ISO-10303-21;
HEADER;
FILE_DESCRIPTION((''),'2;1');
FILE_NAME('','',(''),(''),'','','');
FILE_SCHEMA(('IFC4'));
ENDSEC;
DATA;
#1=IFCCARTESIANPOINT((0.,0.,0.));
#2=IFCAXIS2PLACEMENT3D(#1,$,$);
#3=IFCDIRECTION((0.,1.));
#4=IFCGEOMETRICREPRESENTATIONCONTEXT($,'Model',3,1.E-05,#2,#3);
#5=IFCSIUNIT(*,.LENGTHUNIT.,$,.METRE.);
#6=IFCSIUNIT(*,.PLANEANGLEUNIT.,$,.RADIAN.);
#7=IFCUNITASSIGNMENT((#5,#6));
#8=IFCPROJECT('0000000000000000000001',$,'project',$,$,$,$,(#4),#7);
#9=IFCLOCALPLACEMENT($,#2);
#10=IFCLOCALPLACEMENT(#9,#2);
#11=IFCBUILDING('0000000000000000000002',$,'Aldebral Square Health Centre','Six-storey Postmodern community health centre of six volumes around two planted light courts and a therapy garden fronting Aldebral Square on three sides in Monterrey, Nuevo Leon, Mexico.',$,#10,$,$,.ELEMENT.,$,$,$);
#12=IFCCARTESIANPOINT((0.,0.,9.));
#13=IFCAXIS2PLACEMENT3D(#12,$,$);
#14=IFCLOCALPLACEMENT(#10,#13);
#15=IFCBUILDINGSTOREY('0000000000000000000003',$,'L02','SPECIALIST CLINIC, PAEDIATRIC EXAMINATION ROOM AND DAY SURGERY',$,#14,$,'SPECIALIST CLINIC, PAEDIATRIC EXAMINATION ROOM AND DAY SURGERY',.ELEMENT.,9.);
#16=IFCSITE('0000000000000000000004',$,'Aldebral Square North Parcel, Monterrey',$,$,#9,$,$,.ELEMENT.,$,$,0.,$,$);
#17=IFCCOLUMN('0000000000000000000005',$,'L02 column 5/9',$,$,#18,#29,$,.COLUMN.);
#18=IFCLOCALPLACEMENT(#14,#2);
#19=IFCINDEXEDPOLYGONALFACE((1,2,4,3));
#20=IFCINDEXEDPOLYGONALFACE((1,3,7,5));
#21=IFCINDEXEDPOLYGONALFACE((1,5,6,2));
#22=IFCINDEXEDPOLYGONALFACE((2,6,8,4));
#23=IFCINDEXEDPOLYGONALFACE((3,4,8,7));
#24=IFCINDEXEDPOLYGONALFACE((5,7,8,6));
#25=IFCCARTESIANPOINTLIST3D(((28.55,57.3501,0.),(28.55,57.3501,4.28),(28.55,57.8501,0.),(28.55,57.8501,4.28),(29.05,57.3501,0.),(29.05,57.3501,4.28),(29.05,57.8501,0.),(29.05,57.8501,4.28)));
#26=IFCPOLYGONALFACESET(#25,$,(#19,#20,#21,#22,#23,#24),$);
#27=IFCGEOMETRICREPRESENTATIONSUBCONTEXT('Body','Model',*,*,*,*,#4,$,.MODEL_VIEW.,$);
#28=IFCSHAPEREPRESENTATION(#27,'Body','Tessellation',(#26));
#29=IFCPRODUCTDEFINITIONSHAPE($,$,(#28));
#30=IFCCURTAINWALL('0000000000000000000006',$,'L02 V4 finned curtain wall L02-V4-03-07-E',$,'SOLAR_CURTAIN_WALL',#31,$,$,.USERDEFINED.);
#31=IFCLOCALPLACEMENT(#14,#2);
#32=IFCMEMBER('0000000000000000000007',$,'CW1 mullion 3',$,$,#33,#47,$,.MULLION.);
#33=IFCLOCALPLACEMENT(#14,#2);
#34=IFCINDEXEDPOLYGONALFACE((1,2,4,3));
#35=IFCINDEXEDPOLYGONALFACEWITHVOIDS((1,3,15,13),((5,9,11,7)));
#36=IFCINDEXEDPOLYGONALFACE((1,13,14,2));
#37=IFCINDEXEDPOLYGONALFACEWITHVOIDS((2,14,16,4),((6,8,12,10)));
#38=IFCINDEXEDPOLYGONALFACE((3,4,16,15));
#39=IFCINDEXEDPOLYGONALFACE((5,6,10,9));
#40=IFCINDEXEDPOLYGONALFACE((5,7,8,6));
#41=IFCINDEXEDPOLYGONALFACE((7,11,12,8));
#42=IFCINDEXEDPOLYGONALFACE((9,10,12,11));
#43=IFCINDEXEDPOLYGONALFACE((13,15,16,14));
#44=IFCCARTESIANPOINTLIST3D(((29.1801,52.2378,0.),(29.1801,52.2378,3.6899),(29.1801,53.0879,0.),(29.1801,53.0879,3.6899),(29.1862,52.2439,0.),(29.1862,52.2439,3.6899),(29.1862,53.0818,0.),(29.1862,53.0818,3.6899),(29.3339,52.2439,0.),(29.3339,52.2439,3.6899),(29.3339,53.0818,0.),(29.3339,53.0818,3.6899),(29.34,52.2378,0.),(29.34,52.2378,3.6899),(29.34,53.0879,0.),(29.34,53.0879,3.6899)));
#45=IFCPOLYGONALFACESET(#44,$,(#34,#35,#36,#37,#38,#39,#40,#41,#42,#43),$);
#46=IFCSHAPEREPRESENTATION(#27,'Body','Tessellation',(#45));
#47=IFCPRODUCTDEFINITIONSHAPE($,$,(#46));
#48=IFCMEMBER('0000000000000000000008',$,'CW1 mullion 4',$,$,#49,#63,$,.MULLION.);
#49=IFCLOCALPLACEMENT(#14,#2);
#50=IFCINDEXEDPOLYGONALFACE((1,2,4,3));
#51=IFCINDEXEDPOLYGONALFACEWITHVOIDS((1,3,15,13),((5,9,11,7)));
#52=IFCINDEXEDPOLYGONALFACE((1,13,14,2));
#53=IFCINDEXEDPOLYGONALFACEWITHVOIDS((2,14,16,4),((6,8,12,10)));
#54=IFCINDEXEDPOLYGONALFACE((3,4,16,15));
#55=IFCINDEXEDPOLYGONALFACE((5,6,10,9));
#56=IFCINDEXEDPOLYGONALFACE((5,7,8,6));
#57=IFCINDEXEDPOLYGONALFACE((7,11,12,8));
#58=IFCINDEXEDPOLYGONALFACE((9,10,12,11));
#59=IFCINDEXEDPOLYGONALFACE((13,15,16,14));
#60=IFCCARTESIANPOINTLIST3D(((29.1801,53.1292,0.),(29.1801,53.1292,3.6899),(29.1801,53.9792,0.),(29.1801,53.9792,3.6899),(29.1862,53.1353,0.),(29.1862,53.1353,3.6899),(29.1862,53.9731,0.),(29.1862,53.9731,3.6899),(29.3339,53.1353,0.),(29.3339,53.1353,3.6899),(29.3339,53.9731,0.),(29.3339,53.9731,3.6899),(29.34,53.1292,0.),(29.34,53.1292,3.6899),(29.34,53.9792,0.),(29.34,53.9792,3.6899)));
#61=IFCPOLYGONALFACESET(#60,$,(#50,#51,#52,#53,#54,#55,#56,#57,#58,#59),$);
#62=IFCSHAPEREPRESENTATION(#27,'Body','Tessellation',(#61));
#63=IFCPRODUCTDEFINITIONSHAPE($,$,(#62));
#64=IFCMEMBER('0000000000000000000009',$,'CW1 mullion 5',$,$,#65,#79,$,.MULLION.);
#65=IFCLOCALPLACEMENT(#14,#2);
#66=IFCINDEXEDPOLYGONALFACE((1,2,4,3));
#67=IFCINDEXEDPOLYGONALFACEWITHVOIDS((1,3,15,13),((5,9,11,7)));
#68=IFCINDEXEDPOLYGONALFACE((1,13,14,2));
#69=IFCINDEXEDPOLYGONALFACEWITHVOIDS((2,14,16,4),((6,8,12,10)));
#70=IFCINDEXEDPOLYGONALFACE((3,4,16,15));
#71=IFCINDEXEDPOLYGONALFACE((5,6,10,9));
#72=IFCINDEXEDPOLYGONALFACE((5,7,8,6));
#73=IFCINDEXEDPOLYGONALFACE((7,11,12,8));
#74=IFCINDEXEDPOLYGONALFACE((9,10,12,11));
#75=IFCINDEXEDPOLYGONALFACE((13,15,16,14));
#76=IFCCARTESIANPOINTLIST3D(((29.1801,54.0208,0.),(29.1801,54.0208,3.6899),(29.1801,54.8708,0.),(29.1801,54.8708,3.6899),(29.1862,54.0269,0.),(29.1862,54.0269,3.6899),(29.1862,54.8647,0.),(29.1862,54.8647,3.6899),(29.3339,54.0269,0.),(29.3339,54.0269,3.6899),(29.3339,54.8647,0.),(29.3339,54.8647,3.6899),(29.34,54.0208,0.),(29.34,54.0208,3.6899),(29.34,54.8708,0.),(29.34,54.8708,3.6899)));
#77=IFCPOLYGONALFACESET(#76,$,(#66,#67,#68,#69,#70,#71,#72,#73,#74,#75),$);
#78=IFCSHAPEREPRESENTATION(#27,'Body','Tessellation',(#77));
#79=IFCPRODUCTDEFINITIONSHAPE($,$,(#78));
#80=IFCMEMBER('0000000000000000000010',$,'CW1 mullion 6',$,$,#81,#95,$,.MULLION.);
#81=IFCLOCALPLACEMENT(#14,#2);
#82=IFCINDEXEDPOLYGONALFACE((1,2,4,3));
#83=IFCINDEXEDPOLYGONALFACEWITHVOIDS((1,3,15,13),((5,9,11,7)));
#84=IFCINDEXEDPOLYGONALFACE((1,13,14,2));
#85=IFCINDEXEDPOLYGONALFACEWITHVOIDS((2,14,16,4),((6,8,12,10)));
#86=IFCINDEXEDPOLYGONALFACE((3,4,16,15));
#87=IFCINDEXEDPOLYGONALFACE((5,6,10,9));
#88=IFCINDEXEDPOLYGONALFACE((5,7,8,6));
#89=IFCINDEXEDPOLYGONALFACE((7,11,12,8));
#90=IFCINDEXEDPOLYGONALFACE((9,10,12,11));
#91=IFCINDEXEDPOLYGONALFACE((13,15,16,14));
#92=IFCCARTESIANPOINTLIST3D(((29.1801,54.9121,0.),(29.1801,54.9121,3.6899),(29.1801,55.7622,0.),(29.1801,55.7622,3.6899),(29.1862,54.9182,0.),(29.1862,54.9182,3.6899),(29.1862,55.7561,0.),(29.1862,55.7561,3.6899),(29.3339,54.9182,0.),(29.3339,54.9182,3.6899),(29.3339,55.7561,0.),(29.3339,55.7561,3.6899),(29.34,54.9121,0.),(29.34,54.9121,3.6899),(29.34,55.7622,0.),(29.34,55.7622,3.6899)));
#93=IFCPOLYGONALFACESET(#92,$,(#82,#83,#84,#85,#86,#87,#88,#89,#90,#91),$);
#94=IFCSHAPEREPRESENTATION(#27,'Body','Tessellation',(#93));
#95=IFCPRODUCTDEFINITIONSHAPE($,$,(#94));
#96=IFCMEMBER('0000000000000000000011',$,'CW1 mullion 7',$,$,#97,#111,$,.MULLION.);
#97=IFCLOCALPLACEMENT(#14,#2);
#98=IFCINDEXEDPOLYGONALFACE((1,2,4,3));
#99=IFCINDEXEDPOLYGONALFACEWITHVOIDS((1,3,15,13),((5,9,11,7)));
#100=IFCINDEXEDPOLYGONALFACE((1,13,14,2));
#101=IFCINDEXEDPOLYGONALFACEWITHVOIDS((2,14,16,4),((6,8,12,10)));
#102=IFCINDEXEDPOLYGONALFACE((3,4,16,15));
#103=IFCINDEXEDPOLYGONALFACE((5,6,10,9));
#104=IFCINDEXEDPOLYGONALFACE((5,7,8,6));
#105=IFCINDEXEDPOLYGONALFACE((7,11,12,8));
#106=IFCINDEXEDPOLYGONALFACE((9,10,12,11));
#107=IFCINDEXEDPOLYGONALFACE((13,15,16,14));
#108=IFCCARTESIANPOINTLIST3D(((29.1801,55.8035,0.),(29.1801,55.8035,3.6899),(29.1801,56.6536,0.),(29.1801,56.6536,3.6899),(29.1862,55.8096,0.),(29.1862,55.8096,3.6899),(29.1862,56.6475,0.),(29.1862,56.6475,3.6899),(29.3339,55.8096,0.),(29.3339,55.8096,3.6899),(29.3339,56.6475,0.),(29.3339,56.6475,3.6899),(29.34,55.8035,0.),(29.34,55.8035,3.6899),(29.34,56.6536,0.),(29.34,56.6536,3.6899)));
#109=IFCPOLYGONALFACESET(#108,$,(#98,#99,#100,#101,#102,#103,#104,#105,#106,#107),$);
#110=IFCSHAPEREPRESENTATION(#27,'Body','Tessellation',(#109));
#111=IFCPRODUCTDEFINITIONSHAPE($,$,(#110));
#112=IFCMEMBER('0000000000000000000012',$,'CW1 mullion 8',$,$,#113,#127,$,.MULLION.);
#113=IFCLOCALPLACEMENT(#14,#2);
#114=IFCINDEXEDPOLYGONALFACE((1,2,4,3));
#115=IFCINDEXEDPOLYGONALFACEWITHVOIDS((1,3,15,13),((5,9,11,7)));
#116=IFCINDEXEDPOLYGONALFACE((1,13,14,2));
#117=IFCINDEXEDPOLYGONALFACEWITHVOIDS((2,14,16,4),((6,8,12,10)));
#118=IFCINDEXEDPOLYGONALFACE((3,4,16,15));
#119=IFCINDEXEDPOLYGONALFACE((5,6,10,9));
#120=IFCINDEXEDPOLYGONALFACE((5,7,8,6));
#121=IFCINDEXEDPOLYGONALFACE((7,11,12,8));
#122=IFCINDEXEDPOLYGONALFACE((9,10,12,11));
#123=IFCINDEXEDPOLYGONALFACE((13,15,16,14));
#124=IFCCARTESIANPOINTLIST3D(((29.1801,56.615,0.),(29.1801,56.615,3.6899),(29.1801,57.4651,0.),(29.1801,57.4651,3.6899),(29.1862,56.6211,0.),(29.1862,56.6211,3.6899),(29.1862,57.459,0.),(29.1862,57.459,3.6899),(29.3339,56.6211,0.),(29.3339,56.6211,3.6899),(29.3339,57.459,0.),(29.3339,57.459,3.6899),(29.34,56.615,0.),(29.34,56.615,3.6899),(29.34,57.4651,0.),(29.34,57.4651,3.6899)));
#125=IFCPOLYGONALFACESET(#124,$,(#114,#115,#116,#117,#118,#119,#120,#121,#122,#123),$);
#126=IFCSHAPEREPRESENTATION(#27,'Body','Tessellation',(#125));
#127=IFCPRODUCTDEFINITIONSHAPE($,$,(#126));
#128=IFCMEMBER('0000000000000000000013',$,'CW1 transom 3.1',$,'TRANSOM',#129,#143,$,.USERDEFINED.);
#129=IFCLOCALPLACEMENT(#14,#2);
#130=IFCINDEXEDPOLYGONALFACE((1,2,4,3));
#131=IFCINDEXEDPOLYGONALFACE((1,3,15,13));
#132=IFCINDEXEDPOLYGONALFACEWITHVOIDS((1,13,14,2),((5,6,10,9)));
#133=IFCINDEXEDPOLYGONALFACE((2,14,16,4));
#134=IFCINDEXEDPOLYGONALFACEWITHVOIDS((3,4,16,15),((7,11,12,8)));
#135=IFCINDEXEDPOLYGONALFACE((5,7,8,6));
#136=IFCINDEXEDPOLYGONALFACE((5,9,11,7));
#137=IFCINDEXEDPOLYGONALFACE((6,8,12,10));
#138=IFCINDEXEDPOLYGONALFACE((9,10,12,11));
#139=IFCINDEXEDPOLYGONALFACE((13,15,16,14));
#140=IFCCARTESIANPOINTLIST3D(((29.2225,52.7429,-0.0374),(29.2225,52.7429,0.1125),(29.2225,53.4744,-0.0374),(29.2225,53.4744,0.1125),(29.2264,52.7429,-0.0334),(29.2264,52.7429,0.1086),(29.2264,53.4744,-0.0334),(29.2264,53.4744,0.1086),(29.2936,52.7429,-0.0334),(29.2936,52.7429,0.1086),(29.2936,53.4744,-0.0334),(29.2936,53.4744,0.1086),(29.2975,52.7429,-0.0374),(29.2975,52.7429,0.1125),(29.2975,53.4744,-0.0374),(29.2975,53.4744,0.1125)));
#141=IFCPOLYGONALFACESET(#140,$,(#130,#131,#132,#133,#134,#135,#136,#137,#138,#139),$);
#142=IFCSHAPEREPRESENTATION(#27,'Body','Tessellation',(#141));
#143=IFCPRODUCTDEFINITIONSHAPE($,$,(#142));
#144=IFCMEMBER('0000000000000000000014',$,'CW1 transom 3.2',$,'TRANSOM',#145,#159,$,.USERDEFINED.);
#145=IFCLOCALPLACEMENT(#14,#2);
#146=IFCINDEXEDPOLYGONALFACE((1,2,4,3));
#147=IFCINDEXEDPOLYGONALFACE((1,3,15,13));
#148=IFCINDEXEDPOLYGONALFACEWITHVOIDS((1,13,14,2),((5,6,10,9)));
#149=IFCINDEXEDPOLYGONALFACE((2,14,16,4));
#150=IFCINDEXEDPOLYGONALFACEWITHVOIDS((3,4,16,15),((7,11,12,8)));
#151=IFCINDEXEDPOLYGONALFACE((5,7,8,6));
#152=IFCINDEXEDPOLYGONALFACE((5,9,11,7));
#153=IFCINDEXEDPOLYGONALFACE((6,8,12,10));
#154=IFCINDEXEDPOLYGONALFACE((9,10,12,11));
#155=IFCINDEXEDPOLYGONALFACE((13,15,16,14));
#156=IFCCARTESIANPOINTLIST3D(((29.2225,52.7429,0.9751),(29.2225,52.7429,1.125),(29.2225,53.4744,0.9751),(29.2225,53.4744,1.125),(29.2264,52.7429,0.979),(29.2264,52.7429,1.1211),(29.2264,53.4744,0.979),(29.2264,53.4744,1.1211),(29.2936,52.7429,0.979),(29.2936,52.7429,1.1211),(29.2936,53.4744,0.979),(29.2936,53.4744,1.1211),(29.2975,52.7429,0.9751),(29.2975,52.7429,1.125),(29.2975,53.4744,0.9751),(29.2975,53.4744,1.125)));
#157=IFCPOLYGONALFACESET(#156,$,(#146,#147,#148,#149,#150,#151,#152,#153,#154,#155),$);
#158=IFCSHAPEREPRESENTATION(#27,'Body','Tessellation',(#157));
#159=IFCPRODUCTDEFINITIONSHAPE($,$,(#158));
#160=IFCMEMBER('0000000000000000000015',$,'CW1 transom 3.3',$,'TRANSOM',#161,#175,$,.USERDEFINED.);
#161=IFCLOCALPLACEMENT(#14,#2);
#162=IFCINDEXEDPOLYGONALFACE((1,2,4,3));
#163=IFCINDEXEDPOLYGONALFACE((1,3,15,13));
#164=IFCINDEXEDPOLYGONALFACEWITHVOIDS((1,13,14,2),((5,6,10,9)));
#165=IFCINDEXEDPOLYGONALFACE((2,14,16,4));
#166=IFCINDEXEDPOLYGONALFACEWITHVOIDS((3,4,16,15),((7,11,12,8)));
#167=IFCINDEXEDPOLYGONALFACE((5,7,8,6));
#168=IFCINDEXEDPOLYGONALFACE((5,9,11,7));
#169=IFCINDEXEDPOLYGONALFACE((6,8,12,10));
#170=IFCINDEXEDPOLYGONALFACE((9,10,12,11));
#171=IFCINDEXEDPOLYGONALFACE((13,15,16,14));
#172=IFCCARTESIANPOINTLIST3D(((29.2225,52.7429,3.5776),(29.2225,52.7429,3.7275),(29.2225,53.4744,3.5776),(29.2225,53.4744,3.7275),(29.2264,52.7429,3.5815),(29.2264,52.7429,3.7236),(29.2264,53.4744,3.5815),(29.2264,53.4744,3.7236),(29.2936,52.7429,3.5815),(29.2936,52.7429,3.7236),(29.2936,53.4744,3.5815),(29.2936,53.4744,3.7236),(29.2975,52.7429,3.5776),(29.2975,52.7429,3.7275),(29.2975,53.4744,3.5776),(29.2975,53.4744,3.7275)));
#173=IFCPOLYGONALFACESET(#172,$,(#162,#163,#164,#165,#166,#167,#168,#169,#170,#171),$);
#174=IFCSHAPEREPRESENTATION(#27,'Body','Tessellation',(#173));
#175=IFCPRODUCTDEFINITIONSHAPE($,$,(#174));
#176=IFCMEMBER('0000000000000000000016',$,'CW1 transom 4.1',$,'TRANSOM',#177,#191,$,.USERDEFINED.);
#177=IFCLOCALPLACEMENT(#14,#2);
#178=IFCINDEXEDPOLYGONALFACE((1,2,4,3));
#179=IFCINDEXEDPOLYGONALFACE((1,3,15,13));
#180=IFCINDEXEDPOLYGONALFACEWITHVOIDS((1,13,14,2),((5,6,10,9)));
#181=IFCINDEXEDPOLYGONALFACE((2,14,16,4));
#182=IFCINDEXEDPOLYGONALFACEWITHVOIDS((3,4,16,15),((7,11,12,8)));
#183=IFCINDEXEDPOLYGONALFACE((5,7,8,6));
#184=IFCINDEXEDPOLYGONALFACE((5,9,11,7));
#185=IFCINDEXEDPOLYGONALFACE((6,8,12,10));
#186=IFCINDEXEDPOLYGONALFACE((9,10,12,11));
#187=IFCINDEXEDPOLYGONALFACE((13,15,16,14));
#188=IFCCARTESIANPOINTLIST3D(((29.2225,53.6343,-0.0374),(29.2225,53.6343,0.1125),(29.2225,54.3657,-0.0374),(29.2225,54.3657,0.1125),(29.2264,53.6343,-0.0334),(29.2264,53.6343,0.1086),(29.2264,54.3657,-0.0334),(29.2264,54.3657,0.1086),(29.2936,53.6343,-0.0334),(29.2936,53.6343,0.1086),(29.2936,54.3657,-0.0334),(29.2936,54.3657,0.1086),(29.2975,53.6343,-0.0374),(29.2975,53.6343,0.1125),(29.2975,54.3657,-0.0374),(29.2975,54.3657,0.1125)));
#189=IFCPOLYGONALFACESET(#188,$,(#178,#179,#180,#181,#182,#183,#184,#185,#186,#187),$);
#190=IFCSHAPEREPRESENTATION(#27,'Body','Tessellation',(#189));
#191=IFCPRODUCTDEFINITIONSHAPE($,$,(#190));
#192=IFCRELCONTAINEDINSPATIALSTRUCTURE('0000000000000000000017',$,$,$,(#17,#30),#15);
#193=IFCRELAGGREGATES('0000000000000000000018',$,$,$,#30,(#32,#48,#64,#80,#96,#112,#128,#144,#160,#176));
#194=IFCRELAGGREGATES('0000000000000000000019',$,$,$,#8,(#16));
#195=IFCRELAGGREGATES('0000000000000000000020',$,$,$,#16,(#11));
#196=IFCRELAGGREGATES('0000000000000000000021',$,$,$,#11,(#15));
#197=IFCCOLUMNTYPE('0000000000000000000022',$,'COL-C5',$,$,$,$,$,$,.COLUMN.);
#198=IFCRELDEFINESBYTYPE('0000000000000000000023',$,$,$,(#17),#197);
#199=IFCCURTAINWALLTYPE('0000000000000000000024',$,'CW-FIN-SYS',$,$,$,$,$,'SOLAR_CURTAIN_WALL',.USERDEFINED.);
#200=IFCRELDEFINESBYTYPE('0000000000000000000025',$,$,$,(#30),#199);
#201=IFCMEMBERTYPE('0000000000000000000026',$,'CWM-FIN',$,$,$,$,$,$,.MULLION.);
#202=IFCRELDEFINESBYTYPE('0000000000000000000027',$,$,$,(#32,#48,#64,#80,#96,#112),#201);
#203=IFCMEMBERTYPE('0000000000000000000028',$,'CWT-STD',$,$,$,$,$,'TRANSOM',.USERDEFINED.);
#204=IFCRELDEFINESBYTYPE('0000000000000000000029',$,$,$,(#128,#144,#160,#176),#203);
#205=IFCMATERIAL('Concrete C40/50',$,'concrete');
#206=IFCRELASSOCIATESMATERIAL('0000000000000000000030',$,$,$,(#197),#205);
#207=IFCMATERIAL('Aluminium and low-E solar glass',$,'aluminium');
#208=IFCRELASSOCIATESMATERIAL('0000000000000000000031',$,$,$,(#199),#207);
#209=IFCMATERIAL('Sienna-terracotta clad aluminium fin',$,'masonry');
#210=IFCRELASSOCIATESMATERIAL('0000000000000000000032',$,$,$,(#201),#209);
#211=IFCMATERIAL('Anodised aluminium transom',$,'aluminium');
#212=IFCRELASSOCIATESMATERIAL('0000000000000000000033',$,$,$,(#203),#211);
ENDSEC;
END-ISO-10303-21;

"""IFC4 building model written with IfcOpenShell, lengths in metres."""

from ifc_helpers import new_model, si_unit, direction, frame, origin, origin_2d, place, context, subcontext, project, spatial, rectangle, hollow_rectangle, extrude, material, material_profile, profile_set, type_object, element, aggregate, save


model = new_model("IFC4")

# Units and contexts
model_context = context("Model", 3, precision=1e-05, world=origin(), true_north=direction((0.0, 1.0)))
body_context = subcontext(model_context, "Body", "Model", "MODEL_VIEW")
ifc_project = project(units=[si_unit("LENGTHUNIT", "METRE"), si_unit("PLANEANGLEUNIT", "RADIAN")], contexts=[model_context])

# Site, building, storey
site_placement = place(None, origin())
site = spatial("IfcSite", under=ifc_project, at=site_placement, Name="Aldebral Square North Parcel, Monterrey", CompositionType="ELEMENT", RefElevation=0.0)
building_placement = place(site_placement, origin())
building = spatial("IfcBuilding", under=site, at=building_placement, Name="Aldebral Square Health Centre", Description="Six-storey Postmodern community health centre of six volumes around two planted light courts and a therapy garden fronting Aldebral Square on three sides in Monterrey, Nuevo Leon, Mexico.", CompositionType="ELEMENT")
storey_placement = place(building_placement, frame((0.0, 0.0, 9.0)))
storey = spatial("IfcBuildingStorey", under=building, at=storey_placement, Name="L02", Description="SPECIALIST CLINIC, PAEDIATRIC EXAMINATION ROOM AND DAY SURGERY", LongName="SPECIALIST CLINIC, PAEDIATRIC EXAMINATION ROOM AND DAY SURGERY", CompositionType="ELEMENT", Elevation=9.0)

# Column
ifc_material_1 = material(Name="Concrete C40/50", Category="concrete")
ifc_material_profile_1 = material_profile(ifc_material_1, rectangle(XDim=0.5, YDim=0.5, at=origin_2d()), Name="RC 500x500")
ifc_profile_set_1 = profile_set([ifc_material_profile_1], Name="Concrete C40/50")
column_type = type_object("IfcColumnType", Name="COL-C5", PredefinedType="COLUMN", material=ifc_profile_set_1)
column_placement = place(storey_placement, frame((28.8, 57.6001, 0.0), z_axis=(0.0, 0.0, 1.0), x_axis=(1.0, 0.0, 0.0)))
element("IfcColumn", 1, at=column_placement, inside=storey, type_object=column_type, Name="L02 column 5/9", PredefinedType="COLUMN", context=body_context, shape_type="SweptSolid", body=[
    extrude(rectangle(XDim=0.5, YDim=0.5, at=origin_2d()), origin(), (0.0, 0.0, 1.0), 4.28),
])

# Curtain wall, members
ifc_material_2 = material(Name="Aluminium and low-E solar glass", Category="aluminium")
curtain_wall_type = type_object("IfcCurtainWallType", Name="CW-FIN-SYS", ElementType="SOLAR_CURTAIN_WALL", PredefinedType="USERDEFINED", material=ifc_material_2)
curtain_wall_placement = place(storey_placement, origin())
curtain_wall = element("IfcCurtainWall", 2, at=curtain_wall_placement, inside=storey, type_object=curtain_wall_type, Name="L02 V4 finned curtain wall L02-V4-03-07-E", ObjectType="SOLAR_CURTAIN_WALL", PredefinedType="USERDEFINED")
ifc_material_3 = material(Name="Sienna-terracotta clad aluminium fin", Category="masonry")
ifc_material_profile_2 = material_profile(ifc_material_3, hollow_rectangle(XDim=0.1599, YDim=0.8501, WallThickness=0.0061, at=origin_2d()), Name="FIN 160x850x6")
ifc_profile_set_2 = profile_set([ifc_material_profile_2], Name="Sienna-terracotta clad aluminium fin")
member_type_1 = type_object("IfcMemberType", Name="CWM-FIN", PredefinedType="MULLION", material=ifc_profile_set_2)
member_1_placement = place(storey_placement, frame((29.26, 52.6628, 0.0), z_axis=(0.0, 0.0, 1.0), x_axis=(-1.0, 0.0, 0.0)))
member_1 = element("IfcMember", 3, at=member_1_placement, type_object=member_type_1, Name="CW1 mullion 3", PredefinedType="MULLION", context=body_context, shape_type="SweptSolid", body=[
    extrude(hollow_rectangle(XDim=0.1599, YDim=0.8501, WallThickness=0.0061, at=origin_2d()), origin(), (0.0, 0.0, 1.0), 3.6899),
])
member_2_placement = place(storey_placement, frame((29.26, 53.5542, 0.0), z_axis=(0.0, 0.0, 1.0), x_axis=(-1.0, 0.0, 0.0)))
member_2 = element("IfcMember", 4, at=member_2_placement, type_object=member_type_1, Name="CW1 mullion 4", PredefinedType="MULLION", context=body_context, shape_type="SweptSolid", body=[
    extrude(hollow_rectangle(XDim=0.1599, YDim=0.8501, WallThickness=0.0061, at=origin_2d()), origin(), (0.0, 0.0, 1.0), 3.6899),
])
member_3_placement = place(storey_placement, frame((29.26, 54.4458, 0.0), z_axis=(0.0, 0.0, 1.0), x_axis=(-1.0, 0.0, 0.0)))
member_3 = element("IfcMember", 5, at=member_3_placement, type_object=member_type_1, Name="CW1 mullion 5", PredefinedType="MULLION", context=body_context, shape_type="SweptSolid", body=[
    extrude(hollow_rectangle(XDim=0.1599, YDim=0.8501, WallThickness=0.0061, at=origin_2d()), origin(), (0.0, 0.0, 1.0), 3.6899),
])
member_4_placement = place(storey_placement, frame((29.26, 55.3372, 0.0), z_axis=(0.0, 0.0, 1.0), x_axis=(-1.0, 0.0, 0.0)))
member_4 = element("IfcMember", 6, at=member_4_placement, type_object=member_type_1, Name="CW1 mullion 6", PredefinedType="MULLION", context=body_context, shape_type="SweptSolid", body=[
    extrude(hollow_rectangle(XDim=0.1599, YDim=0.8501, WallThickness=0.0061, at=origin_2d()), origin(), (0.0, 0.0, 1.0), 3.6899),
])
member_5_placement = place(storey_placement, frame((29.26, 56.2285, 0.0), z_axis=(0.0, 0.0, 1.0), x_axis=(-1.0, 0.0, 0.0)))
member_5 = element("IfcMember", 7, at=member_5_placement, type_object=member_type_1, Name="CW1 mullion 7", PredefinedType="MULLION", context=body_context, shape_type="SweptSolid", body=[
    extrude(hollow_rectangle(XDim=0.1599, YDim=0.8501, WallThickness=0.0061, at=origin_2d()), origin(), (0.0, 0.0, 1.0), 3.6899),
])
member_6_placement = place(storey_placement, frame((29.26, 57.04, 0.0), z_axis=(0.0, 0.0, 1.0), x_axis=(-1.0, 0.0, 0.0)))
member_6 = element("IfcMember", 8, at=member_6_placement, type_object=member_type_1, Name="CW1 mullion 8", PredefinedType="MULLION", context=body_context, shape_type="SweptSolid", body=[
    extrude(hollow_rectangle(XDim=0.1599, YDim=0.8501, WallThickness=0.0061, at=origin_2d()), origin(), (0.0, 0.0, 1.0), 3.6899),
])
ifc_material_4 = material(Name="Anodised aluminium transom", Category="aluminium")
ifc_material_profile_3 = material_profile(ifc_material_4, hollow_rectangle(XDim=0.075, YDim=0.1499, WallThickness=0.0039, at=origin_2d()), Name="CWT 75x150x4")
ifc_profile_set_3 = profile_set([ifc_material_profile_3], Name="Anodised aluminium transom")
member_type_2 = type_object("IfcMemberType", Name="CWT-STD", ElementType="TRANSOM", PredefinedType="USERDEFINED", material=ifc_profile_set_3)
member_7_placement = place(storey_placement, frame((29.26, 52.7429, 0.0376), z_axis=(0.0, 1.0, 0.0), x_axis=(-1.0, 0.0, 0.0)))
member_7 = element("IfcMember", 9, at=member_7_placement, type_object=member_type_2, Name="CW1 transom 3.1", ObjectType="TRANSOM", PredefinedType="USERDEFINED", context=body_context, shape_type="SweptSolid", body=[
    extrude(hollow_rectangle(XDim=0.075, YDim=0.1499, WallThickness=0.0039, at=origin_2d()), origin(), (0.0, 0.0, 1.0), 0.7314),
])
member_8_placement = place(storey_placement, frame((29.26, 52.7429, 1.05), z_axis=(0.0, 1.0, 0.0), x_axis=(-1.0, 0.0, 0.0)))
member_8 = element("IfcMember", 10, at=member_8_placement, type_object=member_type_2, Name="CW1 transom 3.2", ObjectType="TRANSOM", PredefinedType="USERDEFINED", context=body_context, shape_type="SweptSolid", body=[
    extrude(hollow_rectangle(XDim=0.075, YDim=0.1499, WallThickness=0.0039, at=origin_2d()), origin(), (0.0, 0.0, 1.0), 0.7314),
])
member_9_placement = place(storey_placement, frame((29.26, 52.7429, 3.6526), z_axis=(0.0, 1.0, 0.0), x_axis=(-1.0, 0.0, 0.0)))
member_9 = element("IfcMember", 11, at=member_9_placement, type_object=member_type_2, Name="CW1 transom 3.3", ObjectType="TRANSOM", PredefinedType="USERDEFINED", context=body_context, shape_type="SweptSolid", body=[
    extrude(hollow_rectangle(XDim=0.075, YDim=0.1499, WallThickness=0.0039, at=origin_2d()), origin(), (0.0, 0.0, 1.0), 0.7314),
])
member_10_placement = place(storey_placement, frame((29.26, 53.6343, 0.0376), z_axis=(0.0, 1.0, 0.0), x_axis=(-1.0, 0.0, 0.0)))
member_10 = element("IfcMember", 12, at=member_10_placement, type_object=member_type_2, Name="CW1 transom 4.1", ObjectType="TRANSOM", PredefinedType="USERDEFINED", context=body_context, shape_type="SweptSolid", body=[
    extrude(hollow_rectangle(XDim=0.075, YDim=0.1499, WallThickness=0.0039, at=origin_2d()), origin(), (0.0, 0.0, 1.0), 0.7314),
])
aggregate(curtain_wall, [member_1, member_2, member_3, member_4, member_5, member_6, member_7, member_8, member_9, member_10])

save(model, "model.ifc")
